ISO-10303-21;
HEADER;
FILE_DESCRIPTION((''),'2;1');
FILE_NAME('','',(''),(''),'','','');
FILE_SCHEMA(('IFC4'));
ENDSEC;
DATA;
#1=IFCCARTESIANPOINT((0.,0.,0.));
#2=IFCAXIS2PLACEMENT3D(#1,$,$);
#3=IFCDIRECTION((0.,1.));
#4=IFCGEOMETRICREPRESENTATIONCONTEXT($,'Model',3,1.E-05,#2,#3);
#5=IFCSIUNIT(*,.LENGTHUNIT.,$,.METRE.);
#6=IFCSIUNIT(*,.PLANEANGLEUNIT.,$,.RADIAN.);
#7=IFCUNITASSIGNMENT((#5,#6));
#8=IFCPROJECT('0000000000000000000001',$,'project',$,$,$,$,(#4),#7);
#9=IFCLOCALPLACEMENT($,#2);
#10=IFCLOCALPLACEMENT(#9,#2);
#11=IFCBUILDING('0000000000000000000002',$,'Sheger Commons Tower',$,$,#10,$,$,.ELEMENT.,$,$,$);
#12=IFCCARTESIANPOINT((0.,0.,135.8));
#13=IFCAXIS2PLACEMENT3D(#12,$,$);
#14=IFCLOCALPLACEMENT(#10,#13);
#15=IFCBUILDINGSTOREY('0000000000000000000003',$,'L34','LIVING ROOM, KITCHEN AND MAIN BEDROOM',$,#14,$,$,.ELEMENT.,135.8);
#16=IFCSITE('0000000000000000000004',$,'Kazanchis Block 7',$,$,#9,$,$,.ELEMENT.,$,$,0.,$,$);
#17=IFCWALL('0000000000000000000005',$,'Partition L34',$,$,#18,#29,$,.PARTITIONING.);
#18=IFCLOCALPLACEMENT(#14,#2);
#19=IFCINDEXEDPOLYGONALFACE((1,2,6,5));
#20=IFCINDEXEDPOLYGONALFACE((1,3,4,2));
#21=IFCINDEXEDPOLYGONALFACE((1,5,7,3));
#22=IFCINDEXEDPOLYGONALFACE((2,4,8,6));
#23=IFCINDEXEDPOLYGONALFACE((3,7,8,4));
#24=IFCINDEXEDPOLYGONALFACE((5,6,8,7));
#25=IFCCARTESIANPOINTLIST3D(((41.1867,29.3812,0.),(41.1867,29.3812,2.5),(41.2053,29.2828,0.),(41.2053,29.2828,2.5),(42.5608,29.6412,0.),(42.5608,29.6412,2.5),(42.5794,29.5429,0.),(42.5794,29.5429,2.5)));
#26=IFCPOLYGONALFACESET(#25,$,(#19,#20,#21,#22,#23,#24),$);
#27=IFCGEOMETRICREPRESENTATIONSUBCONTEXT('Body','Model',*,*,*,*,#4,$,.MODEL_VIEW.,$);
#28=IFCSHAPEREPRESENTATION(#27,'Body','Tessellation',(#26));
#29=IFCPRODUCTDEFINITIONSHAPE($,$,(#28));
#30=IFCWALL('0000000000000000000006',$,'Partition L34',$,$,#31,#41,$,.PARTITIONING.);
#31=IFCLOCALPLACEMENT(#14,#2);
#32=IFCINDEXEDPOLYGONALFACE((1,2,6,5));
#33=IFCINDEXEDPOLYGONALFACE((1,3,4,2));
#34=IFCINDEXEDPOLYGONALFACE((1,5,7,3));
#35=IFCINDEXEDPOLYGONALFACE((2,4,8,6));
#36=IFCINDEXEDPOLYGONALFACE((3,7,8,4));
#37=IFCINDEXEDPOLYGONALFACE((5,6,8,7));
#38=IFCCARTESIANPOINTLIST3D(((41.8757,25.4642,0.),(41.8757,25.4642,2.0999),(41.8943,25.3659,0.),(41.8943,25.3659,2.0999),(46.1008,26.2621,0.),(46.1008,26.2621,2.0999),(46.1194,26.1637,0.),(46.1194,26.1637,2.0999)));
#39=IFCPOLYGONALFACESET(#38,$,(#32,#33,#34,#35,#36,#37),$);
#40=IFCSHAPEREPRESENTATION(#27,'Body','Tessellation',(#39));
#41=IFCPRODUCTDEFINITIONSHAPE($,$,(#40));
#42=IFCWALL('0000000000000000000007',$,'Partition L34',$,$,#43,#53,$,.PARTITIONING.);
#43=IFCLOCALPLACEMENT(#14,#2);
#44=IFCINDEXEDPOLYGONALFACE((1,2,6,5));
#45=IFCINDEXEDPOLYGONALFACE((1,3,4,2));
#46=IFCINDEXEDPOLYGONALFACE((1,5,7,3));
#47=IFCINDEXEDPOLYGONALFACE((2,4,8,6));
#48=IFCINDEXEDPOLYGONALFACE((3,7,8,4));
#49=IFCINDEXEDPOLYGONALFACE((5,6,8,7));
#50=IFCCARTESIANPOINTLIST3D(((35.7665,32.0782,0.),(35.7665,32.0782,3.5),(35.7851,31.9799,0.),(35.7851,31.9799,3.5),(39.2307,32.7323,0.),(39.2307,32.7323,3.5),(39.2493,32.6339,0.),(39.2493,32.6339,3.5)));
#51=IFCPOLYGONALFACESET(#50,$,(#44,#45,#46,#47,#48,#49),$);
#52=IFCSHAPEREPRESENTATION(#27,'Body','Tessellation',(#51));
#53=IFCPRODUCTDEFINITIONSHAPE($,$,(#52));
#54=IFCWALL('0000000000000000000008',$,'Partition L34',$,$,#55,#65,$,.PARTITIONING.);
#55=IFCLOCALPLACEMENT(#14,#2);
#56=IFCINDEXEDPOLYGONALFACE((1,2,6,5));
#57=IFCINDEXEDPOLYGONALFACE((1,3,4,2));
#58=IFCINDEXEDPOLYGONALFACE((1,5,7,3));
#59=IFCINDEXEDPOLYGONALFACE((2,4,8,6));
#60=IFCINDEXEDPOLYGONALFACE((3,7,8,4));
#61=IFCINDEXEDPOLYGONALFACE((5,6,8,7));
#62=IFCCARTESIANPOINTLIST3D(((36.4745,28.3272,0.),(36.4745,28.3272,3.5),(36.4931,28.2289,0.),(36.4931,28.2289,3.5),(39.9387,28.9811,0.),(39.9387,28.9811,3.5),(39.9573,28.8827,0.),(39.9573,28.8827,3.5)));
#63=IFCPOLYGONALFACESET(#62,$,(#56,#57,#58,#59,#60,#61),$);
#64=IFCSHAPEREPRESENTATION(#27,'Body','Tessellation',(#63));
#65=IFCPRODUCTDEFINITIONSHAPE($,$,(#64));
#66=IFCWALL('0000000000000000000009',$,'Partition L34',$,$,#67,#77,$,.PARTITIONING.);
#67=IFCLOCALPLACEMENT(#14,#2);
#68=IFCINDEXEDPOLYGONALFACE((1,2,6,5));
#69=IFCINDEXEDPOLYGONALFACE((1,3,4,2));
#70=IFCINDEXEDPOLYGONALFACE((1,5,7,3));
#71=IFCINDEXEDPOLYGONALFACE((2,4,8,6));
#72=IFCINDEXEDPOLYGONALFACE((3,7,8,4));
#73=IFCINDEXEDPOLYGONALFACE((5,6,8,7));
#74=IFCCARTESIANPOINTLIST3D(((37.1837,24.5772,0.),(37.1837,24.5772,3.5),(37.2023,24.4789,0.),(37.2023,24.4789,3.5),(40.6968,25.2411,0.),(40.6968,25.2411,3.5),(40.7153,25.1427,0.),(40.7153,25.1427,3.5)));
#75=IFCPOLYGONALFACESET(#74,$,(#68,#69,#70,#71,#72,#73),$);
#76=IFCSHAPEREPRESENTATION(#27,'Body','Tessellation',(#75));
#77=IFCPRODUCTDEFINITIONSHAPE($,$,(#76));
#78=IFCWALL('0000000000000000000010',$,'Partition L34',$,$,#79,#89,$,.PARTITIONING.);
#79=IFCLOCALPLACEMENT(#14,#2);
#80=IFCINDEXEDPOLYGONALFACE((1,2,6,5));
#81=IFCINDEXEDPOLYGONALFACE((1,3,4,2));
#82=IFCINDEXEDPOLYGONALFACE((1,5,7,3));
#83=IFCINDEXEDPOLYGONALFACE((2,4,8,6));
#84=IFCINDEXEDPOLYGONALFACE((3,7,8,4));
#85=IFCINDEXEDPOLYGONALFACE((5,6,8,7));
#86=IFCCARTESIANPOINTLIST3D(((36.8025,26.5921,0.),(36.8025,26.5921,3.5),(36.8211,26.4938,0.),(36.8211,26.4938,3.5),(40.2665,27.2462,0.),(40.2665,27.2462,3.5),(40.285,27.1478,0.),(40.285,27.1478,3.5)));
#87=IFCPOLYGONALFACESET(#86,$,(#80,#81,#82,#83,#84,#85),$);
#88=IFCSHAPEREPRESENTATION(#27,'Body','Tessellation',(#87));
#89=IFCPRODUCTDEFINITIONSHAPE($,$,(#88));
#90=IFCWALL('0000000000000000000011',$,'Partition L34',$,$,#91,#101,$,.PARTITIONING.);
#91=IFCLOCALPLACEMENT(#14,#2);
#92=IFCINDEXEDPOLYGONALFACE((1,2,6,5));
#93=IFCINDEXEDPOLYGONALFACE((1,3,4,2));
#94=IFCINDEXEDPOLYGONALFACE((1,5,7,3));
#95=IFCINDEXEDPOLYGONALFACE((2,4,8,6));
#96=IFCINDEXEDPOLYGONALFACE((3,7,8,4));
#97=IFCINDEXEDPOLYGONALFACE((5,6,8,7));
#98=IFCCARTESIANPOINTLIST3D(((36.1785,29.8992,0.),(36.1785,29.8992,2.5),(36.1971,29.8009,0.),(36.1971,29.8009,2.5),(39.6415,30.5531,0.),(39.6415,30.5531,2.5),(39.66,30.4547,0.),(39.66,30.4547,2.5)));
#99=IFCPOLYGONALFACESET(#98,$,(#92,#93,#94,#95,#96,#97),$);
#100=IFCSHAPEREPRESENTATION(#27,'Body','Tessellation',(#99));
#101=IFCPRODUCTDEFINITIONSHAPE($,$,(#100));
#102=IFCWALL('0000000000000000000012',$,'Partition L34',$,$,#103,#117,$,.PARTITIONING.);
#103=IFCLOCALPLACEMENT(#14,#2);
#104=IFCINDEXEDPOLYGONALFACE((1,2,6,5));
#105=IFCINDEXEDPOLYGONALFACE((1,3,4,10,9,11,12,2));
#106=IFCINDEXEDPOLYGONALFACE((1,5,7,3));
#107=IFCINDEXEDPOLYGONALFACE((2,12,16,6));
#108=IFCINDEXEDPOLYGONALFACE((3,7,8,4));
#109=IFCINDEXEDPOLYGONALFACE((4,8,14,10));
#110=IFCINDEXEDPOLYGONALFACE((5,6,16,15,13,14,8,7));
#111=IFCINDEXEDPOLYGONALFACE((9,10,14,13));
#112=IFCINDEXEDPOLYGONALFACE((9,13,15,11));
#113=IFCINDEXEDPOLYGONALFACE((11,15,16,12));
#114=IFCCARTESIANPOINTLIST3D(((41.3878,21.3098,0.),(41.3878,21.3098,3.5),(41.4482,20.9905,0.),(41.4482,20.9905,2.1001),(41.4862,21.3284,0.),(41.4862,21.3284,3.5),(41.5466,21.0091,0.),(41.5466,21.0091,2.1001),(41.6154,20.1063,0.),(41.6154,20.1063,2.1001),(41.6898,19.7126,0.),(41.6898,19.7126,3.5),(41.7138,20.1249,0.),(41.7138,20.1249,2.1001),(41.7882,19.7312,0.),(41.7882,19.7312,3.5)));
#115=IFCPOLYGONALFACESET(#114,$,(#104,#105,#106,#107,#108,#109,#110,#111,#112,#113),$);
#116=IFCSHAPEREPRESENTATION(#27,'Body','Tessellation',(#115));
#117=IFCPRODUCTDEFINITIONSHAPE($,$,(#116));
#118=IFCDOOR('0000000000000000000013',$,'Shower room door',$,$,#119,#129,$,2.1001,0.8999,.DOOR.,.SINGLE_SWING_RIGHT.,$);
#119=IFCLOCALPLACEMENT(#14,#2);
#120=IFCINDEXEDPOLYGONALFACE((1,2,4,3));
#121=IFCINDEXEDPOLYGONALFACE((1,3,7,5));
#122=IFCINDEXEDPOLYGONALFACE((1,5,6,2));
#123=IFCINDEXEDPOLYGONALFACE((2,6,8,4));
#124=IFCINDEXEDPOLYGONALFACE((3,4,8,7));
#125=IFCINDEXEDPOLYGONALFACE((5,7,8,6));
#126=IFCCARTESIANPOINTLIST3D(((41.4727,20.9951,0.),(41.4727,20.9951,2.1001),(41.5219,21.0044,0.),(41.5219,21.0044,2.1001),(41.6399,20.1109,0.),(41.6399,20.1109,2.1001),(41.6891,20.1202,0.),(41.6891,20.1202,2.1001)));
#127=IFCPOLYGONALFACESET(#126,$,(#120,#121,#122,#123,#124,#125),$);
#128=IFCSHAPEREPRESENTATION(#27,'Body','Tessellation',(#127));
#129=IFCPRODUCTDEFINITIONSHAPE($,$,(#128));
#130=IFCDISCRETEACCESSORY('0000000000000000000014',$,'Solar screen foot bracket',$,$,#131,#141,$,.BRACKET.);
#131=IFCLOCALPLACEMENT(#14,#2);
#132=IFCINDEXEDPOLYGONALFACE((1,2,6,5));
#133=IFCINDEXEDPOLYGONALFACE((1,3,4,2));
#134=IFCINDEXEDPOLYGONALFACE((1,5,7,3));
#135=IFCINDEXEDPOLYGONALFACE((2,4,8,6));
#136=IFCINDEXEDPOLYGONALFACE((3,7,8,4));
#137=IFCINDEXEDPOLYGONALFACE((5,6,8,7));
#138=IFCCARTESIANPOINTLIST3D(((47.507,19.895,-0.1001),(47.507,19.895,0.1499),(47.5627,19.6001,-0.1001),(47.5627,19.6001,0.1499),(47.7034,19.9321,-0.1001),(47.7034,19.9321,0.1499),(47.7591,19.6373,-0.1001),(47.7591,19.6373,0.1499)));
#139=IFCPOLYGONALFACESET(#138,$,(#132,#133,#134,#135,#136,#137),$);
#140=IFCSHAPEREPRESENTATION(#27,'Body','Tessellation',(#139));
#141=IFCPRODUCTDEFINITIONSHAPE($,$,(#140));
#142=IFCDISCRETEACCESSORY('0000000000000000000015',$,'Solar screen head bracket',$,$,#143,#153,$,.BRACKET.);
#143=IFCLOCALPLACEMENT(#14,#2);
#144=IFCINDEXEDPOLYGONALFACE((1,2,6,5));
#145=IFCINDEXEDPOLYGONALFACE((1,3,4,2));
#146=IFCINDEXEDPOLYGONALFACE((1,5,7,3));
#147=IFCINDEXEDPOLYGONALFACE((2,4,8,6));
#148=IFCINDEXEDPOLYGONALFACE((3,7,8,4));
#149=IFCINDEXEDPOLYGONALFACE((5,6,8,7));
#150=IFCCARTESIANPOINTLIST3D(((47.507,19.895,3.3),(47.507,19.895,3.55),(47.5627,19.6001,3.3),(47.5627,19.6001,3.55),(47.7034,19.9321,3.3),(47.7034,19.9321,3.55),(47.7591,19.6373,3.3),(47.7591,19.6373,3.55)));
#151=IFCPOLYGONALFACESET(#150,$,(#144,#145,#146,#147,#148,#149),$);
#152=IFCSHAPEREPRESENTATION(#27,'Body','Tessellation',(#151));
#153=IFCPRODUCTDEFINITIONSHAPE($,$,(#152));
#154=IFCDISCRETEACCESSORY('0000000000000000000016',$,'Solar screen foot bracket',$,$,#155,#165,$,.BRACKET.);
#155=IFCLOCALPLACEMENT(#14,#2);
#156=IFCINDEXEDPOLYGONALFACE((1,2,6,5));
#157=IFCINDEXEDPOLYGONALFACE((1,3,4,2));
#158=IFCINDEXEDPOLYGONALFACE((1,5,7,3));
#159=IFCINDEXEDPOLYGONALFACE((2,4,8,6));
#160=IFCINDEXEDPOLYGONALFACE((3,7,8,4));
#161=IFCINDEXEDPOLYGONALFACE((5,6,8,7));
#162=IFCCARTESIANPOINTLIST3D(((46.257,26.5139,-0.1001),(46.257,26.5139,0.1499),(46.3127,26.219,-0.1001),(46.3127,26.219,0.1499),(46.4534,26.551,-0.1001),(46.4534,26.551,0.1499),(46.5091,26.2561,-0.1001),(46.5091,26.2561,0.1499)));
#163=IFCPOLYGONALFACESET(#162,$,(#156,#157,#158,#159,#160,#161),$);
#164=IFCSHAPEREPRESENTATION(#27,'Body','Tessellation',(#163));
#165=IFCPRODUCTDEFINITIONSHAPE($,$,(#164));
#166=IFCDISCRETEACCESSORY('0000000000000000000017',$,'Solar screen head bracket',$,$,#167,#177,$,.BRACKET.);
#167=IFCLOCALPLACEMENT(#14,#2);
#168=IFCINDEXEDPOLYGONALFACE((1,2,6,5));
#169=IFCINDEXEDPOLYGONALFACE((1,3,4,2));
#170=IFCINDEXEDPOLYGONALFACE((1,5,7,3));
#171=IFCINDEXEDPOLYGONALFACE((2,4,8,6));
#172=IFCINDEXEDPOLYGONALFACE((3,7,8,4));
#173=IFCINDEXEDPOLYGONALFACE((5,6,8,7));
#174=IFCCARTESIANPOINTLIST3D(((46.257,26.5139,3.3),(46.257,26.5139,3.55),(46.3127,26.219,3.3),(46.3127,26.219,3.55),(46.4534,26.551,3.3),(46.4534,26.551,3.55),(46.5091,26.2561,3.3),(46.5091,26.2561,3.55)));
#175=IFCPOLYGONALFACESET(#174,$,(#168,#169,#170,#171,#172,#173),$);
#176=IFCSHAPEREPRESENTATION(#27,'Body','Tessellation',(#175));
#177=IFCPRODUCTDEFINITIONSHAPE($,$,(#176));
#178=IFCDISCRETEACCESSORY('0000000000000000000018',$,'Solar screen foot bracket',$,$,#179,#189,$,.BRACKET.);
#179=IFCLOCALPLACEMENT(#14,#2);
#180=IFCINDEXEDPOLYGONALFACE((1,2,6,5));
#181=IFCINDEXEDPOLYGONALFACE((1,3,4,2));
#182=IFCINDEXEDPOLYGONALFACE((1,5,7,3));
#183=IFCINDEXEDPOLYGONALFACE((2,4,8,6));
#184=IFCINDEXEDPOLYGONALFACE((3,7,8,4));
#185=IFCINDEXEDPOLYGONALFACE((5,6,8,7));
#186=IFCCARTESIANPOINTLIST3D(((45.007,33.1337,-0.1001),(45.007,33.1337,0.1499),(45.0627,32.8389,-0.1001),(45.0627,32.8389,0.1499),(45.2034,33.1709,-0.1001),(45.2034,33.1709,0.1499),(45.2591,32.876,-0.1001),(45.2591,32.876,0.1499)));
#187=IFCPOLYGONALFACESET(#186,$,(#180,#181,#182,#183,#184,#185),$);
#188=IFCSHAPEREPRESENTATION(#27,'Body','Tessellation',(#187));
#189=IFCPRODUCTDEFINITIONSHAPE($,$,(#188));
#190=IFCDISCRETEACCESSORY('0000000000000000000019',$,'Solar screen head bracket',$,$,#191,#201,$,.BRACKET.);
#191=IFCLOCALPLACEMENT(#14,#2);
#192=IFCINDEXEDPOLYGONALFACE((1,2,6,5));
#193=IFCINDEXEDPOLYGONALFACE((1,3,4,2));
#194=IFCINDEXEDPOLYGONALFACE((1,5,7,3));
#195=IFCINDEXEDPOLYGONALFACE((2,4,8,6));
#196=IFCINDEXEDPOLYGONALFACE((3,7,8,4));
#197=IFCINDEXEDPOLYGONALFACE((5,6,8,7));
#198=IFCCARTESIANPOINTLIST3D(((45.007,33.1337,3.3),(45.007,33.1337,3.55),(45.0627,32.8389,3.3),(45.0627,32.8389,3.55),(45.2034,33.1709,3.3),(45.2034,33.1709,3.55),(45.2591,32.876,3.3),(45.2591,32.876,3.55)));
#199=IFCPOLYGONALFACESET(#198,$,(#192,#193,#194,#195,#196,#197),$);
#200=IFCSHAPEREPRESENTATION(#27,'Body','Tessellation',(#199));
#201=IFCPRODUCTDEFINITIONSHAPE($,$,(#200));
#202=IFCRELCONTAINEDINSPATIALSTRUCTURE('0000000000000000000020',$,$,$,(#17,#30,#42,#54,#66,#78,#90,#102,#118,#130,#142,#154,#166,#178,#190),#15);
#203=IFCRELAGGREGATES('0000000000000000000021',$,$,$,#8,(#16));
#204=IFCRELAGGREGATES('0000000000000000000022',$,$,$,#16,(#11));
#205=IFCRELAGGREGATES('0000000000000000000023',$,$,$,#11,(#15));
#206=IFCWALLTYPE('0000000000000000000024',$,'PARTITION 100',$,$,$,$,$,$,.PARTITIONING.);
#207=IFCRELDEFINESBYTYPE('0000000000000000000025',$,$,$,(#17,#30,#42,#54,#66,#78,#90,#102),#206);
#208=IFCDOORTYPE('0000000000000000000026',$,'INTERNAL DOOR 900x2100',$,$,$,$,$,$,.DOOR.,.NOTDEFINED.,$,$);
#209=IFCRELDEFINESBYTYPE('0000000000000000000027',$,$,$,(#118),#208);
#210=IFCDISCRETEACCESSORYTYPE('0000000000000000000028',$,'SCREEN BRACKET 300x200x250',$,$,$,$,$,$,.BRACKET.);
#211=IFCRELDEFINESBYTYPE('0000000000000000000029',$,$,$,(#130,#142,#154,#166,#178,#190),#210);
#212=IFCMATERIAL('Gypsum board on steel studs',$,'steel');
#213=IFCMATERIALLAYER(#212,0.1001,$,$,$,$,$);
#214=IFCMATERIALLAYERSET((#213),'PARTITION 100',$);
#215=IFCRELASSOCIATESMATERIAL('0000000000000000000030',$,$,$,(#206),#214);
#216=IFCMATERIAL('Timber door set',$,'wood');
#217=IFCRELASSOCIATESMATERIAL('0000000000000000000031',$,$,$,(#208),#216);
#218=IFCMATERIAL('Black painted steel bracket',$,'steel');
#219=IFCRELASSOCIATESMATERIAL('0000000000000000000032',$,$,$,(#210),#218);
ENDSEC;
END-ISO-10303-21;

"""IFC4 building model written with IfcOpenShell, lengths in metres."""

from ifc_helpers import new_model, si_unit, direction, frame, frame_2d, origin, origin_2d, place, context, subcontext, project, spatial, rectangle, extrude, material, layer, layer_set, type_object, element, fill, save


model = new_model("IFC4")

# Units and contexts
model_context = context("Model", 3, precision=1e-05, world=origin(), true_north=direction((0.0, 1.0)))
body_context = subcontext(model_context, "Body", "Model", "MODEL_VIEW")
ifc_project = project(units=[si_unit("LENGTHUNIT", "METRE"), si_unit("PLANEANGLEUNIT", "RADIAN")], contexts=[model_context])

# Site, building, storey
site_placement = place(None, origin())
site = spatial("IfcSite", under=ifc_project, at=site_placement, Name="Kazanchis Block 7", CompositionType="ELEMENT", RefElevation=0.0)
building_placement = place(site_placement, origin())
building = spatial("IfcBuilding", under=site, at=building_placement, Name="Sheger Commons Tower", CompositionType="ELEMENT")
storey_placement = place(building_placement, frame((0.0, 0.0, 135.8)))
storey = spatial("IfcBuildingStorey", under=building, at=storey_placement, Name="L34", Description="LIVING ROOM, KITCHEN AND MAIN BEDROOM", CompositionType="ELEMENT", Elevation=135.8)

# Walls
ifc_material_1 = material(Name="Gypsum board on steel studs", Category="steel")
ifc_layer_1 = layer(ifc_material_1, 0.1001)
ifc_layer_set_1 = layer_set([ifc_layer_1], Name="PARTITION 100")
wall_type_1 = type_object("IfcWallType", Name="PARTITION 100", PredefinedType="PARTITIONING", material=ifc_layer_set_1)
wall_1_placement = place(storey_placement, frame((42.5701, 29.592, 0.0), z_axis=(0.0, 0.0, 1.0), x_axis=(-0.982562, -0.185933, 0.0)))
element("IfcWall", 1, at=wall_1_placement, inside=storey, type_object=wall_type_1, Name="Partition L34", PredefinedType="PARTITIONING", context=body_context, shape_type="SweptSolid", body=[
    extrude(rectangle(XDim=1.3984, YDim=0.1001, at=frame_2d((0.6992, 0.0))), origin(), (0.0, 0.0, 1.0), 2.5),
])
wall_2_placement = place(storey_placement, frame((46.1101, 26.2129, 0.0), z_axis=(0.0, 0.0, 1.0), x_axis=(-0.982634, -0.185557, 0.0)))
element("IfcWall", 2, at=wall_2_placement, inside=storey, type_object=wall_type_1, Name="Partition L34", PredefinedType="PARTITIONING", context=body_context, shape_type="SweptSolid", body=[
    extrude(rectangle(XDim=4.2998, YDim=0.1001, at=frame_2d((2.1499, 0.0))), origin(), (0.0, 0.0, 1.0), 2.0999),
])
for number, where, z_axis, x_axis, name in (
    (3, (39.24, 32.6831, 0.0), (0.0, 0.0, 1.0), (-0.982639, -0.18553, 0.0), "Partition L34"),
    (4, (39.948, 28.9319, 0.0), (0.0, 0.0, 1.0), (-0.982651, -0.185463, 0.0), "Partition L34"),
):
    element("IfcWall", number, at=place(storey_placement, frame(where, z_axis=z_axis, x_axis=x_axis)), inside=storey, type_object=wall_type_1, Name=name, PredefinedType="PARTITIONING", context=body_context, shape_type="SweptSolid", body=[
        extrude(rectangle(XDim=3.5254, YDim=0.1001, at=frame_2d((1.7627, 0.0))), origin(), (0.0, 0.0, 1.0), 3.5),
    ])
wall_3_placement = place(storey_placement, frame((40.7061, 25.1919, 0.0), z_axis=(0.0, 0.0, 1.0), x_axis=(-0.982611, -0.185678, 0.0)))
element("IfcWall", 5, at=wall_3_placement, inside=storey, type_object=wall_type_1, Name="Partition L34", PredefinedType="PARTITIONING", context=body_context, shape_type="SweptSolid", body=[
    extrude(rectangle(XDim=3.5752, YDim=0.1001, at=frame_2d((1.7876, 0.0))), origin(), (0.0, 0.0, 1.0), 3.5),
])
wall_4_placement = place(storey_placement, frame((40.2759, 27.197, 0.0), z_axis=(0.0, 0.0, 1.0), x_axis=(-0.982636, -0.185543, 0.0)))
element("IfcWall", 6, at=wall_4_placement, inside=storey, type_object=wall_type_1, Name="Partition L34", PredefinedType="PARTITIONING", context=body_context, shape_type="SweptSolid", body=[
    extrude(rectangle(XDim=3.5251, YDim=0.1001, at=frame_2d((1.7627, 0.0))), origin(), (0.0, 0.0, 1.0), 3.5),
])
wall_5_placement = place(storey_placement, frame((39.6509, 30.5039, 0.0), z_axis=(0.0, 0.0, 1.0), x_axis=(-0.982639, -0.185527, 0.0)))
element("IfcWall", 7, at=wall_5_placement, inside=storey, type_object=wall_type_1, Name="Partition L34", PredefinedType="PARTITIONING", context=body_context, shape_type="SweptSolid", body=[
    extrude(rectangle(XDim=3.5242, YDim=0.1001, at=frame_2d((1.7622, 0.0))), origin(), (0.0, 0.0, 1.0), 2.5),
])

# Wall, opening, door
wall_6_placement = place(storey_placement, frame((41.437, 21.3191, 0.0), z_axis=(0.0, 0.0, 1.0), x_axis=(0.185794, -0.982589, 0.0)))
wall_6 = element("IfcWall", 8, at=wall_6_placement, inside=storey, type_object=wall_type_1, Name="Partition L34", PredefinedType="PARTITIONING", context=body_context, shape_type="SweptSolid", body=[
    extrude(rectangle(XDim=1.6255, YDim=0.1001, at=frame_2d((0.8127, 0.0))), origin(), (0.0, 0.0, 1.0), 3.5),
])
opening_placement = place(wall_6_placement, frame((0.325, 0.0, 0.0)))
opening = element("IfcOpeningElement", 9, at=opening_placement, cuts=wall_6, PredefinedType="OPENING", context=body_context, shape_type="SweptSolid", body=[
    extrude(rectangle(XDim=0.8999, YDim=2.1001, at=frame_2d((0.45, 1.05))), frame((0.0, 0.0601, 0.0), z_axis=(0.0, -1.0, 0.0), x_axis=(1.0, 0.0, 0.0)), (0.0, 0.0, 1.0), 0.1201),
])
ifc_material_2 = material(Name="Timber door set", Category="wood")
door_type = type_object("IfcDoorType", Name="INTERNAL DOOR 900x2100", OperationType="NOTDEFINED", PredefinedType="DOOR", material=ifc_material_2)
door_placement = place(opening_placement, origin())
door = element("IfcDoor", 10, at=door_placement, inside=storey, type_object=door_type, Name="Shower room door", OperationType="SINGLE_SWING_RIGHT", OverallHeight=2.1001, OverallWidth=0.8999, PredefinedType="DOOR", context=body_context, shape_type="SweptSolid", body=[
    extrude(rectangle(XDim=0.8999, YDim=2.1001, at=frame_2d((0.45, 1.05))), frame((0.0, 0.0249, 0.0), z_axis=(0.0, -1.0, 0.0), x_axis=(1.0, 0.0, 0.0)), (0.0, 0.0, 1.0), 0.05),
])
fill(opening, door)

# Discrete accessories
ifc_material_3 = material(Name="Black painted steel bracket", Category="steel")
discrete_accessory_type = type_object("IfcDiscreteAccessoryType", Name="SCREEN BRACKET 300x200x250", PredefinedType="BRACKET", material=ifc_material_3)
for number, where, z_axis, x_axis, name in (
    (11, (47.6331, 19.7661, -0.1001), (0.0, 0.0, 1.0), (-0.185615, 0.982623, 0.0), "Solar screen foot bracket"),
    (12, (47.6331, 19.7661, 3.3), (0.0, 0.0, 1.0), (-0.185615, 0.982623, 0.0), "Solar screen head bracket"),
    (13, (46.3831, 26.385, -0.1001), (0.0, 0.0, 1.0), (-0.185615, 0.982623, 0.0), "Solar screen foot bracket"),
    (14, (46.3831, 26.385, 3.3), (0.0, 0.0, 1.0), (-0.185615, 0.982623, 0.0), "Solar screen head bracket"),
    (15, (45.1331, 33.0049, -0.1001), (0.0, 0.0, 1.0), (-0.185615, 0.982623, 0.0), "Solar screen foot bracket"),
    (16, (45.1331, 33.0049, 3.3), (0.0, 0.0, 1.0), (-0.185615, 0.982623, 0.0), "Solar screen head bracket"),
):
    element("IfcDiscreteAccessory", number, at=place(storey_placement, frame(where, z_axis=z_axis, x_axis=x_axis)), inside=storey, type_object=discrete_accessory_type, Name=name, PredefinedType="BRACKET", context=body_context, shape_type="SweptSolid", body=[
        extrude(rectangle(XDim=0.3, YDim=0.2, at=origin_2d()), origin(), (0.0, 0.0, 1.0), 0.25),
    ])

save(model, "model.ifc")
